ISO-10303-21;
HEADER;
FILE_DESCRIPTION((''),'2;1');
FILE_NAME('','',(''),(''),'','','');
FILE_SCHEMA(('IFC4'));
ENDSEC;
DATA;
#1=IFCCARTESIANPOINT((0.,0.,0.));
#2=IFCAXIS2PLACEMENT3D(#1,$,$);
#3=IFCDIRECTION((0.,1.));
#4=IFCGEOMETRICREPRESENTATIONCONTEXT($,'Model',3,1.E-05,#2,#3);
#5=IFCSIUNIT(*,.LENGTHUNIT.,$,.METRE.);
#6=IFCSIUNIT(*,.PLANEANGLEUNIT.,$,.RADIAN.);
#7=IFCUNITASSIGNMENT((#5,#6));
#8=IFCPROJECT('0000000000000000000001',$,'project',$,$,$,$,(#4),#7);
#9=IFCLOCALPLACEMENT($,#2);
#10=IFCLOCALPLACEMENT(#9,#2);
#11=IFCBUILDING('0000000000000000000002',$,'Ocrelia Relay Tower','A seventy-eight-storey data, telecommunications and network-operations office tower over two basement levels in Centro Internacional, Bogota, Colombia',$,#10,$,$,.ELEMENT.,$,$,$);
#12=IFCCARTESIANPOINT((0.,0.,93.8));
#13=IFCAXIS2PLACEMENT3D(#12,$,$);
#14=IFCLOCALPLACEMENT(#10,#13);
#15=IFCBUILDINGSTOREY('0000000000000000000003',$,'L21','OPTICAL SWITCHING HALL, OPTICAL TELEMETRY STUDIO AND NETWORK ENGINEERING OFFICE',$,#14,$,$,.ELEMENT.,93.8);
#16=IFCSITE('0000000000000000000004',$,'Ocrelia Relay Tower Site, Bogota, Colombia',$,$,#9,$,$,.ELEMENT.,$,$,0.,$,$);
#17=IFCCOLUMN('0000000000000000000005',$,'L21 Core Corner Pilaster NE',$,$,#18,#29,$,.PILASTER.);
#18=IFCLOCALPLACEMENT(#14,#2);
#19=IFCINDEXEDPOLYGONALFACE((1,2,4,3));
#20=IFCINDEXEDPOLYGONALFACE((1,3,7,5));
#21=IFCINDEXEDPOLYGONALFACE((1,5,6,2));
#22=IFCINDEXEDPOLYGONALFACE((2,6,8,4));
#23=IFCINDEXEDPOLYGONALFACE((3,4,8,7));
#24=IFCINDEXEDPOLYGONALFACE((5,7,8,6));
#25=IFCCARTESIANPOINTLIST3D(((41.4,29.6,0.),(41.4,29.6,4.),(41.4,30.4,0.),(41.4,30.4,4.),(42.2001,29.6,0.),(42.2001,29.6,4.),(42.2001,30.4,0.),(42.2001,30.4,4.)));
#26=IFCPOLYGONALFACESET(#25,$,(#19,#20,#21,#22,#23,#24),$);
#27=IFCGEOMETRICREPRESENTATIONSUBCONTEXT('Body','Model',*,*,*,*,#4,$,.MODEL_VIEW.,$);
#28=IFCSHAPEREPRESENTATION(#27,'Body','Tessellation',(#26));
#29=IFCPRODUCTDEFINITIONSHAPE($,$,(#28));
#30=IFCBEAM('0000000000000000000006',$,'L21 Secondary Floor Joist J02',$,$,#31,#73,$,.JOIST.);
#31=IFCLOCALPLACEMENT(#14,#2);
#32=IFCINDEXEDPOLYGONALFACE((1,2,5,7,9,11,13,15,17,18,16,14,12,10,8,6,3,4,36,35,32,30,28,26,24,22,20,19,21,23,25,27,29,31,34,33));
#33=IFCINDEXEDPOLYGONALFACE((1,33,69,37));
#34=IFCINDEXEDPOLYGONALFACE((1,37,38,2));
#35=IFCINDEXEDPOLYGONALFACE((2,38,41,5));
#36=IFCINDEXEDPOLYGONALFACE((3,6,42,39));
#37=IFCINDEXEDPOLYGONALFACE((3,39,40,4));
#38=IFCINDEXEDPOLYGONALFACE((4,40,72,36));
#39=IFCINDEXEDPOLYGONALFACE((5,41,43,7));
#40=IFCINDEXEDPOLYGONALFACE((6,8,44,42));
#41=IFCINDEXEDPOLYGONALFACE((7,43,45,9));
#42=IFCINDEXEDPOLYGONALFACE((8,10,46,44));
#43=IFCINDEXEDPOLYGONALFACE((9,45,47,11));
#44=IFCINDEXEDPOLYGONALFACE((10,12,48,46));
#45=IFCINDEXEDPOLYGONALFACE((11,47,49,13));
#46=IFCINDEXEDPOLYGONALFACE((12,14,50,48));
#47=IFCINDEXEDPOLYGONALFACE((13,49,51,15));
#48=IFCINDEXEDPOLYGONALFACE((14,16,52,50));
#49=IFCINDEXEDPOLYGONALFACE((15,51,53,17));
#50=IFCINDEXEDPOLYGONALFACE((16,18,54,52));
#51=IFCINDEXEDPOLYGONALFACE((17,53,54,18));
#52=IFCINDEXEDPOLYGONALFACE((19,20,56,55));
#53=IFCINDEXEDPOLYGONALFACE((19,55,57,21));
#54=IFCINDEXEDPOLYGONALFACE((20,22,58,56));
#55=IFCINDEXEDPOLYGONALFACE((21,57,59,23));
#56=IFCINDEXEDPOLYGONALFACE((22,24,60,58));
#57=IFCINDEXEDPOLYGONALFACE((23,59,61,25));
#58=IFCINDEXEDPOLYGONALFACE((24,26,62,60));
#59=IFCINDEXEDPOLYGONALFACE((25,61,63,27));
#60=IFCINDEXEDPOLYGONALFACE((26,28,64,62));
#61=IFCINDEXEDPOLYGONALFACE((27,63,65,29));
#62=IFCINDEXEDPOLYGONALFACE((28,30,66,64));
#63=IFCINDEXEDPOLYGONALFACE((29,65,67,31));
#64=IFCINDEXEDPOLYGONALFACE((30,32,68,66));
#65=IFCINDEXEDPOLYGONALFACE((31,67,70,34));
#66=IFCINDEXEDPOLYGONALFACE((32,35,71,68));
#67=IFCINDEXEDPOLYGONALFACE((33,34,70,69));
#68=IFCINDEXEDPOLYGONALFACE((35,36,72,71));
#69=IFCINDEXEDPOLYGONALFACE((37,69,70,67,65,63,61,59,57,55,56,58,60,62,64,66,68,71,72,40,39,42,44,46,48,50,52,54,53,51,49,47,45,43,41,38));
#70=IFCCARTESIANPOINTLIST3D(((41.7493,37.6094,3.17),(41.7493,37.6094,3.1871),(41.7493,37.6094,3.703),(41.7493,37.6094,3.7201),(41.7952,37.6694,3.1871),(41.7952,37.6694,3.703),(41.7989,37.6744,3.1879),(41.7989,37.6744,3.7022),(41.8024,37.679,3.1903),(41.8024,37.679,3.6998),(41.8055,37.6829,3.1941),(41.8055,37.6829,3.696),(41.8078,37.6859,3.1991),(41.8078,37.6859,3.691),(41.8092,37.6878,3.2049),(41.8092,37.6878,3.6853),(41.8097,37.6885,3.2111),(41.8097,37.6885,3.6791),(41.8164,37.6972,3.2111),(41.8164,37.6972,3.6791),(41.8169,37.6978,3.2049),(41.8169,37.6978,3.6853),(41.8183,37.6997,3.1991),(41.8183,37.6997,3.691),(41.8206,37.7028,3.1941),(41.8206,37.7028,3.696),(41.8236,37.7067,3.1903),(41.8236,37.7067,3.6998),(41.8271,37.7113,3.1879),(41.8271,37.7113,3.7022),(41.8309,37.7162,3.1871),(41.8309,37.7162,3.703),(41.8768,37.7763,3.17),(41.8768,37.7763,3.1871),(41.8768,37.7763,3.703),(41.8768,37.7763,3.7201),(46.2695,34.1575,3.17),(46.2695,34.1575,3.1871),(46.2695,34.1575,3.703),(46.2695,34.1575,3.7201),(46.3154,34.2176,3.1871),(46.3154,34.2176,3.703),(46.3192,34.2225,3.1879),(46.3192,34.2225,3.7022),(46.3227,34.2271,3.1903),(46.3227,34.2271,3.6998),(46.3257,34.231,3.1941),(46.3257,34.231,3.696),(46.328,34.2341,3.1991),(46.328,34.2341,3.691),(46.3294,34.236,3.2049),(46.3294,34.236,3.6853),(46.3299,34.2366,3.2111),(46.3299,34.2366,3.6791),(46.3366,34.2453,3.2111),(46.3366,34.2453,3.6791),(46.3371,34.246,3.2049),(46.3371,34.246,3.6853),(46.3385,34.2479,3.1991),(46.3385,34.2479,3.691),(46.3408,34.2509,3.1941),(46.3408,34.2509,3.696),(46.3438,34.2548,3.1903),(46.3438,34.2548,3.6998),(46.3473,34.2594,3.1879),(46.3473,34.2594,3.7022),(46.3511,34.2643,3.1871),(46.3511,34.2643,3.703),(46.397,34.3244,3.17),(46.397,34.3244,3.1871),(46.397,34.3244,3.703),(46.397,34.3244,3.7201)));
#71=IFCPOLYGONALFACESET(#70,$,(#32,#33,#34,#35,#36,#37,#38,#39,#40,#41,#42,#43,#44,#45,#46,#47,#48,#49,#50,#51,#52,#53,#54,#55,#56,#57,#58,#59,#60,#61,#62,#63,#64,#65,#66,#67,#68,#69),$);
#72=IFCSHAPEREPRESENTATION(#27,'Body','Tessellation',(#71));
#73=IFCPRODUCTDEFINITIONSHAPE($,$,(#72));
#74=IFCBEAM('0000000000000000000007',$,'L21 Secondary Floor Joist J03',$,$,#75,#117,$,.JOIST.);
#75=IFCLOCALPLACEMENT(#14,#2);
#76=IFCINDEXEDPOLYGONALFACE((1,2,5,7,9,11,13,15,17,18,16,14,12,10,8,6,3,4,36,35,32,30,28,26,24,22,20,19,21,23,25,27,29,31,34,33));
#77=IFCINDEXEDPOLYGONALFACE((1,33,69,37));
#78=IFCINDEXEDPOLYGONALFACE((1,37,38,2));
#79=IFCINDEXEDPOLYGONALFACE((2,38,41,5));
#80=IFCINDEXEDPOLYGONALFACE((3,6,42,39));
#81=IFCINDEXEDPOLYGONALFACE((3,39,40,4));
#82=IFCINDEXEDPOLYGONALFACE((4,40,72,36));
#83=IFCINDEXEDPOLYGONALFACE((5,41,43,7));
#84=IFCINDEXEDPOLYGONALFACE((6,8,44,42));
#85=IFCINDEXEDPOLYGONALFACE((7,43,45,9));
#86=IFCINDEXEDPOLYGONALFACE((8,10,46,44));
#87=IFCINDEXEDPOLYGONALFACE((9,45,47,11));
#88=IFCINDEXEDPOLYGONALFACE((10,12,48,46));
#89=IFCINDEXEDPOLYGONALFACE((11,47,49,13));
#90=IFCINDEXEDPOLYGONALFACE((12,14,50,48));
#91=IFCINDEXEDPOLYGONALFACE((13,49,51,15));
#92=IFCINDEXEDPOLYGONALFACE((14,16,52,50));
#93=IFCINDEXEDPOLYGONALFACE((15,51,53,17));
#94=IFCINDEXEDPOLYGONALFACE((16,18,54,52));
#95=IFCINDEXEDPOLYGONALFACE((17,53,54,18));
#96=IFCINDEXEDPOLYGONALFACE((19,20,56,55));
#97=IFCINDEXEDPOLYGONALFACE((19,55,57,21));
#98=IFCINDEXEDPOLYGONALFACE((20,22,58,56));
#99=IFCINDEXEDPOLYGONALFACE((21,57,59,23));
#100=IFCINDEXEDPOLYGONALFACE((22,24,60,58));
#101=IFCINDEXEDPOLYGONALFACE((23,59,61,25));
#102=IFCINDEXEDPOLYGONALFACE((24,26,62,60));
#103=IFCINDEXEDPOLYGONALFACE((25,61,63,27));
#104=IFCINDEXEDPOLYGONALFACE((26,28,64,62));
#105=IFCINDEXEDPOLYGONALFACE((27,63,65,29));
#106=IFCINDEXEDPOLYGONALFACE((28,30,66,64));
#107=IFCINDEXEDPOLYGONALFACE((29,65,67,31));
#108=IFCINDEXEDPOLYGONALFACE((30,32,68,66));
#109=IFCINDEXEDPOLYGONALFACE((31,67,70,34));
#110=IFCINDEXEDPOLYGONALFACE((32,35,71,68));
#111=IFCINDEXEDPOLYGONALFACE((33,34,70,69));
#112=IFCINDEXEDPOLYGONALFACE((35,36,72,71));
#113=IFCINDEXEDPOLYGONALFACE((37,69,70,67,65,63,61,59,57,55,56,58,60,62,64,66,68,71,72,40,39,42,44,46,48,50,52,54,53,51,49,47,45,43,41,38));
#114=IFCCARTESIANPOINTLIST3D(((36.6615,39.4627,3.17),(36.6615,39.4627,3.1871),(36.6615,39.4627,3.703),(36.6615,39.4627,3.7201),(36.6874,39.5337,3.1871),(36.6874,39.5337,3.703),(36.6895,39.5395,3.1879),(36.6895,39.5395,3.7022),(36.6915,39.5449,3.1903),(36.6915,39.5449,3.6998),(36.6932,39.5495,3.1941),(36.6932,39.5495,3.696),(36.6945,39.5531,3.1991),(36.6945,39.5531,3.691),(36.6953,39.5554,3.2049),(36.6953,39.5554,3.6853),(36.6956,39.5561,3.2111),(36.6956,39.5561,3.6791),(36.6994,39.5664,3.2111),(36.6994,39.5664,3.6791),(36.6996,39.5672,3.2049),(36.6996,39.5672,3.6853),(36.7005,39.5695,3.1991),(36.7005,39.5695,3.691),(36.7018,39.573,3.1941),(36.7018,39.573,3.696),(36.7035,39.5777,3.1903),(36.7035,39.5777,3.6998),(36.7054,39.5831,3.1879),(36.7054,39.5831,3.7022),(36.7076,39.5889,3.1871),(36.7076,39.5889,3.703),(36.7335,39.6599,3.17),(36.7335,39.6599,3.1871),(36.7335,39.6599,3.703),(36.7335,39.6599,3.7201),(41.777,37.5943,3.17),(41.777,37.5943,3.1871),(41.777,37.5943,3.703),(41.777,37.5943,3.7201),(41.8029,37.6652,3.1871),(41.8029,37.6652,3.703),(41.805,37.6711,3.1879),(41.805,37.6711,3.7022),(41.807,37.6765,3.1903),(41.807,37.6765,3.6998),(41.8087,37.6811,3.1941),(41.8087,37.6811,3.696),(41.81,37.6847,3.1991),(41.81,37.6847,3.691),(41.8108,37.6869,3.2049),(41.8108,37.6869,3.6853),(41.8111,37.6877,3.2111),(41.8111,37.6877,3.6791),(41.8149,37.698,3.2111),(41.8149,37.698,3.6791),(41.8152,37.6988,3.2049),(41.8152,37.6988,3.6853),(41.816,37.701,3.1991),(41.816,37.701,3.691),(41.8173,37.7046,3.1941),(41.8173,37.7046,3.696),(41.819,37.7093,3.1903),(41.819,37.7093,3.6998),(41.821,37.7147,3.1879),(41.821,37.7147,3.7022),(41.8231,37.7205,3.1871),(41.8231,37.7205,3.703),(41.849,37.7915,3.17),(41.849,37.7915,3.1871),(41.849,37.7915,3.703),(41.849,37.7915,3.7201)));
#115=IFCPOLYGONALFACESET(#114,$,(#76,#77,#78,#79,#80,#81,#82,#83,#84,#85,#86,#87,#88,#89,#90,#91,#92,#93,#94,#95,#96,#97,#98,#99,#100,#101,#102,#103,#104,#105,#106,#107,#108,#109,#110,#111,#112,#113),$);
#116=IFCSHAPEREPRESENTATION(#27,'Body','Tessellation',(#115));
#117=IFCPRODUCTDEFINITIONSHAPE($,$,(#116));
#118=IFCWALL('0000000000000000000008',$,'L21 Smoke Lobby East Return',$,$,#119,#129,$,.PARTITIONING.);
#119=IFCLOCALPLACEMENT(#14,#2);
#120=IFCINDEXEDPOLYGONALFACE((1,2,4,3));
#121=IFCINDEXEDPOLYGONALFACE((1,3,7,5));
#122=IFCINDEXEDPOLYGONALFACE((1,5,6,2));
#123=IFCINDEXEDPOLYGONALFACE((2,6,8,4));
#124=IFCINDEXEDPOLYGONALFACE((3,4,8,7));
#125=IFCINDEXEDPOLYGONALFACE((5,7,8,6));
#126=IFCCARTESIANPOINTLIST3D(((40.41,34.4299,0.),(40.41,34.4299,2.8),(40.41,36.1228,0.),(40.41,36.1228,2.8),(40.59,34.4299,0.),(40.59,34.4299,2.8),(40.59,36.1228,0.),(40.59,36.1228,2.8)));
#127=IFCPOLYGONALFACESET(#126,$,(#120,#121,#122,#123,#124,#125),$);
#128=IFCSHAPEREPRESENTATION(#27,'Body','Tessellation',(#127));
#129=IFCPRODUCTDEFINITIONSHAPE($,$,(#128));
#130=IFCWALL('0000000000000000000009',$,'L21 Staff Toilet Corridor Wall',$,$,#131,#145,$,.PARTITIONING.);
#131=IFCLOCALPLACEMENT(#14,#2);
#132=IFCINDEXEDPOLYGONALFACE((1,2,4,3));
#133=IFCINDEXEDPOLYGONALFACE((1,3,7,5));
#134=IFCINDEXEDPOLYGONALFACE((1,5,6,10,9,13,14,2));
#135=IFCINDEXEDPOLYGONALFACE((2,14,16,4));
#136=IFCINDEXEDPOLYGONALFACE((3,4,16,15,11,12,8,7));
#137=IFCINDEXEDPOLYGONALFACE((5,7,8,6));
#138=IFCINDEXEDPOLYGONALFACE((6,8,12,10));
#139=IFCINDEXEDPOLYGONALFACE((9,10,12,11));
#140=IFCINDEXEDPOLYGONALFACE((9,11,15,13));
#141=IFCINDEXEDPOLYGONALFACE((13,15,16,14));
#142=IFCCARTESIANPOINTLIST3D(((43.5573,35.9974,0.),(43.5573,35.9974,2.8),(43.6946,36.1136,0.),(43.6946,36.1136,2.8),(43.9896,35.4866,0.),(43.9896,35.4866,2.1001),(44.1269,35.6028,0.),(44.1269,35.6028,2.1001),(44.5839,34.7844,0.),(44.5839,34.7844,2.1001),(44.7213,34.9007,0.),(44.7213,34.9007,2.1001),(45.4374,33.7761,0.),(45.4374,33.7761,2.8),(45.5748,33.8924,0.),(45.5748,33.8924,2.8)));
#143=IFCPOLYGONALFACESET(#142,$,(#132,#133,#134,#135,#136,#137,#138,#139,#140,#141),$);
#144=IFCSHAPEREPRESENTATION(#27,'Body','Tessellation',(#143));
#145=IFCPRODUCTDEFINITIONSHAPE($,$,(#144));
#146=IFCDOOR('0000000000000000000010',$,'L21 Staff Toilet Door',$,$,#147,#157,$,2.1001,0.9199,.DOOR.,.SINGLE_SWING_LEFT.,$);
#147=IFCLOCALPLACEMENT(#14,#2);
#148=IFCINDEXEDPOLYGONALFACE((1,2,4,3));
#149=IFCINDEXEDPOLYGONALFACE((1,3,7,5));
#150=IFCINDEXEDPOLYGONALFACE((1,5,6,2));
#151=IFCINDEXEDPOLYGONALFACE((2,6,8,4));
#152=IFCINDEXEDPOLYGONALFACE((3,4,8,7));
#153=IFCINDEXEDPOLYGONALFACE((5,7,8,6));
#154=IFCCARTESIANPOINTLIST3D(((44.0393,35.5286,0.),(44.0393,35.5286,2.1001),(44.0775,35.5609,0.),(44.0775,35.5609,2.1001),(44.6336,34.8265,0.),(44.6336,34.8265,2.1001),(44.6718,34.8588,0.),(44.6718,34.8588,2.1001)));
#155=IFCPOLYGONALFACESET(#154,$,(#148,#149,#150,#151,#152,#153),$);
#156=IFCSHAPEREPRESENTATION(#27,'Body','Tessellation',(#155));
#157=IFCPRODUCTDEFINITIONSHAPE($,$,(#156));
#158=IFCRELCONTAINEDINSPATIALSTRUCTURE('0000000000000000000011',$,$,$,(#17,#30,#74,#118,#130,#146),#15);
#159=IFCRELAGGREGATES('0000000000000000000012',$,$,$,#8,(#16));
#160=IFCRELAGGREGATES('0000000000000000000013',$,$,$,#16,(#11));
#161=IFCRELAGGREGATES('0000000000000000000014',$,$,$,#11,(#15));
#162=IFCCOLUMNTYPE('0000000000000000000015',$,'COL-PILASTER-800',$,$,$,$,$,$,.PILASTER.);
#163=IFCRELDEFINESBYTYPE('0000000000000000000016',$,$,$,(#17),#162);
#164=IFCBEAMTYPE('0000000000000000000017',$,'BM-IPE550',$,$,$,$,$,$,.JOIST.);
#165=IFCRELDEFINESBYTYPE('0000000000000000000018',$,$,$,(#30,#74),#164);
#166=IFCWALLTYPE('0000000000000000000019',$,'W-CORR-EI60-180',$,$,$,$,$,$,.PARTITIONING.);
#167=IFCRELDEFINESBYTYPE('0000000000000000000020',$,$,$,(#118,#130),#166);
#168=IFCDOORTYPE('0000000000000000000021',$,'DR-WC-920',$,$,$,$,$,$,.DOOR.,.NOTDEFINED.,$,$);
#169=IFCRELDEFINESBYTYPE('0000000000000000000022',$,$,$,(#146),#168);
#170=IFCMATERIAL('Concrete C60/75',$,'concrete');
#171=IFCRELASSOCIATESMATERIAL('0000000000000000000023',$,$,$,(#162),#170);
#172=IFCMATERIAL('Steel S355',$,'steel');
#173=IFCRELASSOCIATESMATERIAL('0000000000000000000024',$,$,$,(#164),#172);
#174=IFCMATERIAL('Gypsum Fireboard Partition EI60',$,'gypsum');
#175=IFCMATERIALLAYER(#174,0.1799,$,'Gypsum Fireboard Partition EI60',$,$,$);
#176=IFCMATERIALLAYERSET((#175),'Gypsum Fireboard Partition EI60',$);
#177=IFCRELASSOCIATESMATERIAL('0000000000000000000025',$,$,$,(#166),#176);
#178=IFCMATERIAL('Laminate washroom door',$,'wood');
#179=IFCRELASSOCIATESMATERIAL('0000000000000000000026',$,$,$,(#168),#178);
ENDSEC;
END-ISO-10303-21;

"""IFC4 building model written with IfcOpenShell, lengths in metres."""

from ifc_helpers import new_model, si_unit, direction, frame, frame_2d, origin, origin_2d, place, context, subcontext, project, spatial, rectangle, i_section, extrude, material, layer, layer_set, material_profile, profile_set, type_object, element, fill, save


model = new_model("IFC4")

# Units and contexts
model_context = context("Model", 3, precision=1e-05, world=origin(), true_north=direction((0.0, 1.0)))
body_context = subcontext(model_context, "Body", "Model", "MODEL_VIEW")
ifc_project = project(units=[si_unit("LENGTHUNIT", "METRE"), si_unit("PLANEANGLEUNIT", "RADIAN")], contexts=[model_context])

# Site, building, storey
site_placement = place(None, origin())
site = spatial("IfcSite", under=ifc_project, at=site_placement, Name="Ocrelia Relay Tower Site, Bogota, Colombia", CompositionType="ELEMENT", RefElevation=0.0)
building_placement = place(site_placement, origin())
building = spatial("IfcBuilding", under=site, at=building_placement, Name="Ocrelia Relay Tower", Description="A seventy-eight-storey data, telecommunications and network-operations office tower over two basement levels in Centro Internacional, Bogota, Colombia", CompositionType="ELEMENT")
storey_placement = place(building_placement, frame((0.0, 0.0, 93.8)))
storey = spatial("IfcBuildingStorey", under=building, at=storey_placement, Name="L21", Description="OPTICAL SWITCHING HALL, OPTICAL TELEMETRY STUDIO AND NETWORK ENGINEERING OFFICE", CompositionType="ELEMENT", Elevation=93.8)

# Column
ifc_material_1 = material(Name="Concrete C60/75", Category="concrete")
ifc_material_profile_1 = material_profile(ifc_material_1, rectangle(XDim=0.8, YDim=0.8, at=origin_2d()), Name="RC-COL-800x800")
ifc_profile_set_1 = profile_set([ifc_material_profile_1], Name="Concrete C60/75")
column_type = type_object("IfcColumnType", Name="COL-PILASTER-800", PredefinedType="PILASTER", material=ifc_profile_set_1)
column_placement = place(storey_placement, frame((41.8, 30.0, 0.0), z_axis=(0.0, 0.0, 1.0), x_axis=(1.0, 0.0, 0.0)))
element("IfcColumn", 1, at=column_placement, inside=storey, type_object=column_type, Name="L21 Core Corner Pilaster NE", PredefinedType="PILASTER", context=body_context, shape_type="SweptSolid", body=[
    extrude(rectangle(XDim=0.8, YDim=0.8, at=origin_2d()), origin(), (0.0, 0.0, 1.0), 4.0),
])

# Beams
ifc_material_2 = material(Name="Steel S355", Category="steel")
ifc_material_profile_2 = material_profile(ifc_material_2, i_section(OverallWidth=0.21, OverallDepth=0.55, WebThickness=0.011, FlangeThickness=0.0171, FilletRadius=0.0239, at=origin_2d()), Name="IPE 550")
ifc_profile_set_2 = profile_set([ifc_material_profile_2], Name="Steel S355")
beam_type = type_object("IfcBeamType", Name="BM-IPE550", PredefinedType="JOIST", material=ifc_profile_set_2)
beam_1_placement = place(storey_placement, frame((46.3333, 34.241, 3.4451), z_axis=(-0.794762, 0.606921, 0.0), x_axis=(-0.606921, -0.794762, 0.0)))
element("IfcBeam", 2, at=beam_1_placement, inside=storey, type_object=beam_type, Name="L21 Secondary Floor Joist J02", PredefinedType="JOIST", context=body_context, shape_type="SweptSolid", body=[
    extrude(i_section(OverallWidth=0.21, OverallDepth=0.55, WebThickness=0.011, FlangeThickness=0.0171, FilletRadius=0.0239, at=origin_2d()), origin(), (0.0, 0.0, 1.0), 5.6875),
])
beam_2_placement = place(storey_placement, frame((41.813, 37.6929, 3.4451), z_axis=(-0.939307, 0.343078, 0.0), x_axis=(-0.343078, -0.939307, 0.0)))
element("IfcBeam", 3, at=beam_2_placement, inside=storey, type_object=beam_type, Name="L21 Secondary Floor Joist J03", PredefinedType="JOIST", context=body_context, shape_type="SweptSolid", body=[
    extrude(i_section(OverallWidth=0.21, OverallDepth=0.55, WebThickness=0.011, FlangeThickness=0.0171, FilletRadius=0.0239, at=origin_2d()), origin(), (0.0, 0.0, 1.0), 5.446),
])

# Wall
ifc_material_3 = material(Name="Gypsum Fireboard Partition EI60", Category="gypsum")
ifc_layer_1 = layer(ifc_material_3, 0.1799, Name="Gypsum Fireboard Partition EI60")
ifc_layer_set_1 = layer_set([ifc_layer_1], Name="Gypsum Fireboard Partition EI60")
wall_type_1 = type_object("IfcWallType", Name="W-CORR-EI60-180", PredefinedType="PARTITIONING", material=ifc_layer_set_1)
wall_1_placement = place(storey_placement, frame((40.5, 36.1228, 0.0), z_axis=(0.0, 0.0, 1.0), x_axis=(0.0, -1.0, 0.0)))
element("IfcWall", 4, at=wall_1_placement, inside=storey, type_object=wall_type_1, Name="L21 Smoke Lobby East Return", PredefinedType="PARTITIONING", context=body_context, shape_type="SweptSolid", body=[
    extrude(rectangle(XDim=1.6929, YDim=0.1799, at=frame_2d((0.8464, 0.0))), origin(), (0.0, 0.0, 1.0), 2.8),
])

# Wall, opening, door
wall_2_placement = place(storey_placement, frame((45.5061, 33.8342, 0.0), z_axis=(0.0, 0.0, 1.0), x_axis=(-0.646074, 0.763275, 0.0)))
wall_2 = element("IfcWall", 5, at=wall_2_placement, inside=storey, type_object=wall_type_1, Name="L21 Staff Toilet Corridor Wall", PredefinedType="PARTITIONING", context=body_context, shape_type="SweptSolid", body=[
    extrude(rectangle(XDim=2.9102, YDim=0.1799, at=frame_2d((1.4551, 0.0))), origin(), (0.0, 0.0, 1.0), 2.8),
])
opening_1_placement = place(wall_2_placement, frame((1.321, 0.0, 0.0)))
opening_1 = element("IfcOpeningElement", 6, at=opening_1_placement, cuts=wall_2, PredefinedType="OPENING", context=body_context, shape_type="SweptSolid", body=[
    extrude(rectangle(XDim=0.9199, YDim=2.1001, at=frame_2d((0.46, 1.05))), frame((0.0, 0.1001, 0.0), z_axis=(0.0, -1.0, 0.0), x_axis=(1.0, 0.0, 0.0)), (0.0, 0.0, 1.0), 0.2),
])
ifc_material_4 = material(Name="Laminate washroom door", Category="wood")
door_type_1 = type_object("IfcDoorType", Name="DR-WC-920", OperationType="NOTDEFINED", PredefinedType="DOOR", material=ifc_material_4)
door_1_placement = place(opening_1_placement, origin())
door_1 = element("IfcDoor", 7, at=door_1_placement, inside=storey, type_object=door_type_1, Name="L21 Staff Toilet Door", OperationType="SINGLE_SWING_LEFT", OverallHeight=2.1001, OverallWidth=0.9199, PredefinedType="DOOR", context=body_context, shape_type="SweptSolid", body=[
    extrude(rectangle(XDim=0.9199, YDim=2.1001, at=frame_2d((0.46, 1.05))), frame((0.0, 0.0249, 0.0), z_axis=(0.0, -1.0, 0.0), x_axis=(1.0, 0.0, 0.0)), (0.0, 0.0, 1.0), 0.05),
])
fill(opening_1, door_1)

save(model, "model.ifc")
